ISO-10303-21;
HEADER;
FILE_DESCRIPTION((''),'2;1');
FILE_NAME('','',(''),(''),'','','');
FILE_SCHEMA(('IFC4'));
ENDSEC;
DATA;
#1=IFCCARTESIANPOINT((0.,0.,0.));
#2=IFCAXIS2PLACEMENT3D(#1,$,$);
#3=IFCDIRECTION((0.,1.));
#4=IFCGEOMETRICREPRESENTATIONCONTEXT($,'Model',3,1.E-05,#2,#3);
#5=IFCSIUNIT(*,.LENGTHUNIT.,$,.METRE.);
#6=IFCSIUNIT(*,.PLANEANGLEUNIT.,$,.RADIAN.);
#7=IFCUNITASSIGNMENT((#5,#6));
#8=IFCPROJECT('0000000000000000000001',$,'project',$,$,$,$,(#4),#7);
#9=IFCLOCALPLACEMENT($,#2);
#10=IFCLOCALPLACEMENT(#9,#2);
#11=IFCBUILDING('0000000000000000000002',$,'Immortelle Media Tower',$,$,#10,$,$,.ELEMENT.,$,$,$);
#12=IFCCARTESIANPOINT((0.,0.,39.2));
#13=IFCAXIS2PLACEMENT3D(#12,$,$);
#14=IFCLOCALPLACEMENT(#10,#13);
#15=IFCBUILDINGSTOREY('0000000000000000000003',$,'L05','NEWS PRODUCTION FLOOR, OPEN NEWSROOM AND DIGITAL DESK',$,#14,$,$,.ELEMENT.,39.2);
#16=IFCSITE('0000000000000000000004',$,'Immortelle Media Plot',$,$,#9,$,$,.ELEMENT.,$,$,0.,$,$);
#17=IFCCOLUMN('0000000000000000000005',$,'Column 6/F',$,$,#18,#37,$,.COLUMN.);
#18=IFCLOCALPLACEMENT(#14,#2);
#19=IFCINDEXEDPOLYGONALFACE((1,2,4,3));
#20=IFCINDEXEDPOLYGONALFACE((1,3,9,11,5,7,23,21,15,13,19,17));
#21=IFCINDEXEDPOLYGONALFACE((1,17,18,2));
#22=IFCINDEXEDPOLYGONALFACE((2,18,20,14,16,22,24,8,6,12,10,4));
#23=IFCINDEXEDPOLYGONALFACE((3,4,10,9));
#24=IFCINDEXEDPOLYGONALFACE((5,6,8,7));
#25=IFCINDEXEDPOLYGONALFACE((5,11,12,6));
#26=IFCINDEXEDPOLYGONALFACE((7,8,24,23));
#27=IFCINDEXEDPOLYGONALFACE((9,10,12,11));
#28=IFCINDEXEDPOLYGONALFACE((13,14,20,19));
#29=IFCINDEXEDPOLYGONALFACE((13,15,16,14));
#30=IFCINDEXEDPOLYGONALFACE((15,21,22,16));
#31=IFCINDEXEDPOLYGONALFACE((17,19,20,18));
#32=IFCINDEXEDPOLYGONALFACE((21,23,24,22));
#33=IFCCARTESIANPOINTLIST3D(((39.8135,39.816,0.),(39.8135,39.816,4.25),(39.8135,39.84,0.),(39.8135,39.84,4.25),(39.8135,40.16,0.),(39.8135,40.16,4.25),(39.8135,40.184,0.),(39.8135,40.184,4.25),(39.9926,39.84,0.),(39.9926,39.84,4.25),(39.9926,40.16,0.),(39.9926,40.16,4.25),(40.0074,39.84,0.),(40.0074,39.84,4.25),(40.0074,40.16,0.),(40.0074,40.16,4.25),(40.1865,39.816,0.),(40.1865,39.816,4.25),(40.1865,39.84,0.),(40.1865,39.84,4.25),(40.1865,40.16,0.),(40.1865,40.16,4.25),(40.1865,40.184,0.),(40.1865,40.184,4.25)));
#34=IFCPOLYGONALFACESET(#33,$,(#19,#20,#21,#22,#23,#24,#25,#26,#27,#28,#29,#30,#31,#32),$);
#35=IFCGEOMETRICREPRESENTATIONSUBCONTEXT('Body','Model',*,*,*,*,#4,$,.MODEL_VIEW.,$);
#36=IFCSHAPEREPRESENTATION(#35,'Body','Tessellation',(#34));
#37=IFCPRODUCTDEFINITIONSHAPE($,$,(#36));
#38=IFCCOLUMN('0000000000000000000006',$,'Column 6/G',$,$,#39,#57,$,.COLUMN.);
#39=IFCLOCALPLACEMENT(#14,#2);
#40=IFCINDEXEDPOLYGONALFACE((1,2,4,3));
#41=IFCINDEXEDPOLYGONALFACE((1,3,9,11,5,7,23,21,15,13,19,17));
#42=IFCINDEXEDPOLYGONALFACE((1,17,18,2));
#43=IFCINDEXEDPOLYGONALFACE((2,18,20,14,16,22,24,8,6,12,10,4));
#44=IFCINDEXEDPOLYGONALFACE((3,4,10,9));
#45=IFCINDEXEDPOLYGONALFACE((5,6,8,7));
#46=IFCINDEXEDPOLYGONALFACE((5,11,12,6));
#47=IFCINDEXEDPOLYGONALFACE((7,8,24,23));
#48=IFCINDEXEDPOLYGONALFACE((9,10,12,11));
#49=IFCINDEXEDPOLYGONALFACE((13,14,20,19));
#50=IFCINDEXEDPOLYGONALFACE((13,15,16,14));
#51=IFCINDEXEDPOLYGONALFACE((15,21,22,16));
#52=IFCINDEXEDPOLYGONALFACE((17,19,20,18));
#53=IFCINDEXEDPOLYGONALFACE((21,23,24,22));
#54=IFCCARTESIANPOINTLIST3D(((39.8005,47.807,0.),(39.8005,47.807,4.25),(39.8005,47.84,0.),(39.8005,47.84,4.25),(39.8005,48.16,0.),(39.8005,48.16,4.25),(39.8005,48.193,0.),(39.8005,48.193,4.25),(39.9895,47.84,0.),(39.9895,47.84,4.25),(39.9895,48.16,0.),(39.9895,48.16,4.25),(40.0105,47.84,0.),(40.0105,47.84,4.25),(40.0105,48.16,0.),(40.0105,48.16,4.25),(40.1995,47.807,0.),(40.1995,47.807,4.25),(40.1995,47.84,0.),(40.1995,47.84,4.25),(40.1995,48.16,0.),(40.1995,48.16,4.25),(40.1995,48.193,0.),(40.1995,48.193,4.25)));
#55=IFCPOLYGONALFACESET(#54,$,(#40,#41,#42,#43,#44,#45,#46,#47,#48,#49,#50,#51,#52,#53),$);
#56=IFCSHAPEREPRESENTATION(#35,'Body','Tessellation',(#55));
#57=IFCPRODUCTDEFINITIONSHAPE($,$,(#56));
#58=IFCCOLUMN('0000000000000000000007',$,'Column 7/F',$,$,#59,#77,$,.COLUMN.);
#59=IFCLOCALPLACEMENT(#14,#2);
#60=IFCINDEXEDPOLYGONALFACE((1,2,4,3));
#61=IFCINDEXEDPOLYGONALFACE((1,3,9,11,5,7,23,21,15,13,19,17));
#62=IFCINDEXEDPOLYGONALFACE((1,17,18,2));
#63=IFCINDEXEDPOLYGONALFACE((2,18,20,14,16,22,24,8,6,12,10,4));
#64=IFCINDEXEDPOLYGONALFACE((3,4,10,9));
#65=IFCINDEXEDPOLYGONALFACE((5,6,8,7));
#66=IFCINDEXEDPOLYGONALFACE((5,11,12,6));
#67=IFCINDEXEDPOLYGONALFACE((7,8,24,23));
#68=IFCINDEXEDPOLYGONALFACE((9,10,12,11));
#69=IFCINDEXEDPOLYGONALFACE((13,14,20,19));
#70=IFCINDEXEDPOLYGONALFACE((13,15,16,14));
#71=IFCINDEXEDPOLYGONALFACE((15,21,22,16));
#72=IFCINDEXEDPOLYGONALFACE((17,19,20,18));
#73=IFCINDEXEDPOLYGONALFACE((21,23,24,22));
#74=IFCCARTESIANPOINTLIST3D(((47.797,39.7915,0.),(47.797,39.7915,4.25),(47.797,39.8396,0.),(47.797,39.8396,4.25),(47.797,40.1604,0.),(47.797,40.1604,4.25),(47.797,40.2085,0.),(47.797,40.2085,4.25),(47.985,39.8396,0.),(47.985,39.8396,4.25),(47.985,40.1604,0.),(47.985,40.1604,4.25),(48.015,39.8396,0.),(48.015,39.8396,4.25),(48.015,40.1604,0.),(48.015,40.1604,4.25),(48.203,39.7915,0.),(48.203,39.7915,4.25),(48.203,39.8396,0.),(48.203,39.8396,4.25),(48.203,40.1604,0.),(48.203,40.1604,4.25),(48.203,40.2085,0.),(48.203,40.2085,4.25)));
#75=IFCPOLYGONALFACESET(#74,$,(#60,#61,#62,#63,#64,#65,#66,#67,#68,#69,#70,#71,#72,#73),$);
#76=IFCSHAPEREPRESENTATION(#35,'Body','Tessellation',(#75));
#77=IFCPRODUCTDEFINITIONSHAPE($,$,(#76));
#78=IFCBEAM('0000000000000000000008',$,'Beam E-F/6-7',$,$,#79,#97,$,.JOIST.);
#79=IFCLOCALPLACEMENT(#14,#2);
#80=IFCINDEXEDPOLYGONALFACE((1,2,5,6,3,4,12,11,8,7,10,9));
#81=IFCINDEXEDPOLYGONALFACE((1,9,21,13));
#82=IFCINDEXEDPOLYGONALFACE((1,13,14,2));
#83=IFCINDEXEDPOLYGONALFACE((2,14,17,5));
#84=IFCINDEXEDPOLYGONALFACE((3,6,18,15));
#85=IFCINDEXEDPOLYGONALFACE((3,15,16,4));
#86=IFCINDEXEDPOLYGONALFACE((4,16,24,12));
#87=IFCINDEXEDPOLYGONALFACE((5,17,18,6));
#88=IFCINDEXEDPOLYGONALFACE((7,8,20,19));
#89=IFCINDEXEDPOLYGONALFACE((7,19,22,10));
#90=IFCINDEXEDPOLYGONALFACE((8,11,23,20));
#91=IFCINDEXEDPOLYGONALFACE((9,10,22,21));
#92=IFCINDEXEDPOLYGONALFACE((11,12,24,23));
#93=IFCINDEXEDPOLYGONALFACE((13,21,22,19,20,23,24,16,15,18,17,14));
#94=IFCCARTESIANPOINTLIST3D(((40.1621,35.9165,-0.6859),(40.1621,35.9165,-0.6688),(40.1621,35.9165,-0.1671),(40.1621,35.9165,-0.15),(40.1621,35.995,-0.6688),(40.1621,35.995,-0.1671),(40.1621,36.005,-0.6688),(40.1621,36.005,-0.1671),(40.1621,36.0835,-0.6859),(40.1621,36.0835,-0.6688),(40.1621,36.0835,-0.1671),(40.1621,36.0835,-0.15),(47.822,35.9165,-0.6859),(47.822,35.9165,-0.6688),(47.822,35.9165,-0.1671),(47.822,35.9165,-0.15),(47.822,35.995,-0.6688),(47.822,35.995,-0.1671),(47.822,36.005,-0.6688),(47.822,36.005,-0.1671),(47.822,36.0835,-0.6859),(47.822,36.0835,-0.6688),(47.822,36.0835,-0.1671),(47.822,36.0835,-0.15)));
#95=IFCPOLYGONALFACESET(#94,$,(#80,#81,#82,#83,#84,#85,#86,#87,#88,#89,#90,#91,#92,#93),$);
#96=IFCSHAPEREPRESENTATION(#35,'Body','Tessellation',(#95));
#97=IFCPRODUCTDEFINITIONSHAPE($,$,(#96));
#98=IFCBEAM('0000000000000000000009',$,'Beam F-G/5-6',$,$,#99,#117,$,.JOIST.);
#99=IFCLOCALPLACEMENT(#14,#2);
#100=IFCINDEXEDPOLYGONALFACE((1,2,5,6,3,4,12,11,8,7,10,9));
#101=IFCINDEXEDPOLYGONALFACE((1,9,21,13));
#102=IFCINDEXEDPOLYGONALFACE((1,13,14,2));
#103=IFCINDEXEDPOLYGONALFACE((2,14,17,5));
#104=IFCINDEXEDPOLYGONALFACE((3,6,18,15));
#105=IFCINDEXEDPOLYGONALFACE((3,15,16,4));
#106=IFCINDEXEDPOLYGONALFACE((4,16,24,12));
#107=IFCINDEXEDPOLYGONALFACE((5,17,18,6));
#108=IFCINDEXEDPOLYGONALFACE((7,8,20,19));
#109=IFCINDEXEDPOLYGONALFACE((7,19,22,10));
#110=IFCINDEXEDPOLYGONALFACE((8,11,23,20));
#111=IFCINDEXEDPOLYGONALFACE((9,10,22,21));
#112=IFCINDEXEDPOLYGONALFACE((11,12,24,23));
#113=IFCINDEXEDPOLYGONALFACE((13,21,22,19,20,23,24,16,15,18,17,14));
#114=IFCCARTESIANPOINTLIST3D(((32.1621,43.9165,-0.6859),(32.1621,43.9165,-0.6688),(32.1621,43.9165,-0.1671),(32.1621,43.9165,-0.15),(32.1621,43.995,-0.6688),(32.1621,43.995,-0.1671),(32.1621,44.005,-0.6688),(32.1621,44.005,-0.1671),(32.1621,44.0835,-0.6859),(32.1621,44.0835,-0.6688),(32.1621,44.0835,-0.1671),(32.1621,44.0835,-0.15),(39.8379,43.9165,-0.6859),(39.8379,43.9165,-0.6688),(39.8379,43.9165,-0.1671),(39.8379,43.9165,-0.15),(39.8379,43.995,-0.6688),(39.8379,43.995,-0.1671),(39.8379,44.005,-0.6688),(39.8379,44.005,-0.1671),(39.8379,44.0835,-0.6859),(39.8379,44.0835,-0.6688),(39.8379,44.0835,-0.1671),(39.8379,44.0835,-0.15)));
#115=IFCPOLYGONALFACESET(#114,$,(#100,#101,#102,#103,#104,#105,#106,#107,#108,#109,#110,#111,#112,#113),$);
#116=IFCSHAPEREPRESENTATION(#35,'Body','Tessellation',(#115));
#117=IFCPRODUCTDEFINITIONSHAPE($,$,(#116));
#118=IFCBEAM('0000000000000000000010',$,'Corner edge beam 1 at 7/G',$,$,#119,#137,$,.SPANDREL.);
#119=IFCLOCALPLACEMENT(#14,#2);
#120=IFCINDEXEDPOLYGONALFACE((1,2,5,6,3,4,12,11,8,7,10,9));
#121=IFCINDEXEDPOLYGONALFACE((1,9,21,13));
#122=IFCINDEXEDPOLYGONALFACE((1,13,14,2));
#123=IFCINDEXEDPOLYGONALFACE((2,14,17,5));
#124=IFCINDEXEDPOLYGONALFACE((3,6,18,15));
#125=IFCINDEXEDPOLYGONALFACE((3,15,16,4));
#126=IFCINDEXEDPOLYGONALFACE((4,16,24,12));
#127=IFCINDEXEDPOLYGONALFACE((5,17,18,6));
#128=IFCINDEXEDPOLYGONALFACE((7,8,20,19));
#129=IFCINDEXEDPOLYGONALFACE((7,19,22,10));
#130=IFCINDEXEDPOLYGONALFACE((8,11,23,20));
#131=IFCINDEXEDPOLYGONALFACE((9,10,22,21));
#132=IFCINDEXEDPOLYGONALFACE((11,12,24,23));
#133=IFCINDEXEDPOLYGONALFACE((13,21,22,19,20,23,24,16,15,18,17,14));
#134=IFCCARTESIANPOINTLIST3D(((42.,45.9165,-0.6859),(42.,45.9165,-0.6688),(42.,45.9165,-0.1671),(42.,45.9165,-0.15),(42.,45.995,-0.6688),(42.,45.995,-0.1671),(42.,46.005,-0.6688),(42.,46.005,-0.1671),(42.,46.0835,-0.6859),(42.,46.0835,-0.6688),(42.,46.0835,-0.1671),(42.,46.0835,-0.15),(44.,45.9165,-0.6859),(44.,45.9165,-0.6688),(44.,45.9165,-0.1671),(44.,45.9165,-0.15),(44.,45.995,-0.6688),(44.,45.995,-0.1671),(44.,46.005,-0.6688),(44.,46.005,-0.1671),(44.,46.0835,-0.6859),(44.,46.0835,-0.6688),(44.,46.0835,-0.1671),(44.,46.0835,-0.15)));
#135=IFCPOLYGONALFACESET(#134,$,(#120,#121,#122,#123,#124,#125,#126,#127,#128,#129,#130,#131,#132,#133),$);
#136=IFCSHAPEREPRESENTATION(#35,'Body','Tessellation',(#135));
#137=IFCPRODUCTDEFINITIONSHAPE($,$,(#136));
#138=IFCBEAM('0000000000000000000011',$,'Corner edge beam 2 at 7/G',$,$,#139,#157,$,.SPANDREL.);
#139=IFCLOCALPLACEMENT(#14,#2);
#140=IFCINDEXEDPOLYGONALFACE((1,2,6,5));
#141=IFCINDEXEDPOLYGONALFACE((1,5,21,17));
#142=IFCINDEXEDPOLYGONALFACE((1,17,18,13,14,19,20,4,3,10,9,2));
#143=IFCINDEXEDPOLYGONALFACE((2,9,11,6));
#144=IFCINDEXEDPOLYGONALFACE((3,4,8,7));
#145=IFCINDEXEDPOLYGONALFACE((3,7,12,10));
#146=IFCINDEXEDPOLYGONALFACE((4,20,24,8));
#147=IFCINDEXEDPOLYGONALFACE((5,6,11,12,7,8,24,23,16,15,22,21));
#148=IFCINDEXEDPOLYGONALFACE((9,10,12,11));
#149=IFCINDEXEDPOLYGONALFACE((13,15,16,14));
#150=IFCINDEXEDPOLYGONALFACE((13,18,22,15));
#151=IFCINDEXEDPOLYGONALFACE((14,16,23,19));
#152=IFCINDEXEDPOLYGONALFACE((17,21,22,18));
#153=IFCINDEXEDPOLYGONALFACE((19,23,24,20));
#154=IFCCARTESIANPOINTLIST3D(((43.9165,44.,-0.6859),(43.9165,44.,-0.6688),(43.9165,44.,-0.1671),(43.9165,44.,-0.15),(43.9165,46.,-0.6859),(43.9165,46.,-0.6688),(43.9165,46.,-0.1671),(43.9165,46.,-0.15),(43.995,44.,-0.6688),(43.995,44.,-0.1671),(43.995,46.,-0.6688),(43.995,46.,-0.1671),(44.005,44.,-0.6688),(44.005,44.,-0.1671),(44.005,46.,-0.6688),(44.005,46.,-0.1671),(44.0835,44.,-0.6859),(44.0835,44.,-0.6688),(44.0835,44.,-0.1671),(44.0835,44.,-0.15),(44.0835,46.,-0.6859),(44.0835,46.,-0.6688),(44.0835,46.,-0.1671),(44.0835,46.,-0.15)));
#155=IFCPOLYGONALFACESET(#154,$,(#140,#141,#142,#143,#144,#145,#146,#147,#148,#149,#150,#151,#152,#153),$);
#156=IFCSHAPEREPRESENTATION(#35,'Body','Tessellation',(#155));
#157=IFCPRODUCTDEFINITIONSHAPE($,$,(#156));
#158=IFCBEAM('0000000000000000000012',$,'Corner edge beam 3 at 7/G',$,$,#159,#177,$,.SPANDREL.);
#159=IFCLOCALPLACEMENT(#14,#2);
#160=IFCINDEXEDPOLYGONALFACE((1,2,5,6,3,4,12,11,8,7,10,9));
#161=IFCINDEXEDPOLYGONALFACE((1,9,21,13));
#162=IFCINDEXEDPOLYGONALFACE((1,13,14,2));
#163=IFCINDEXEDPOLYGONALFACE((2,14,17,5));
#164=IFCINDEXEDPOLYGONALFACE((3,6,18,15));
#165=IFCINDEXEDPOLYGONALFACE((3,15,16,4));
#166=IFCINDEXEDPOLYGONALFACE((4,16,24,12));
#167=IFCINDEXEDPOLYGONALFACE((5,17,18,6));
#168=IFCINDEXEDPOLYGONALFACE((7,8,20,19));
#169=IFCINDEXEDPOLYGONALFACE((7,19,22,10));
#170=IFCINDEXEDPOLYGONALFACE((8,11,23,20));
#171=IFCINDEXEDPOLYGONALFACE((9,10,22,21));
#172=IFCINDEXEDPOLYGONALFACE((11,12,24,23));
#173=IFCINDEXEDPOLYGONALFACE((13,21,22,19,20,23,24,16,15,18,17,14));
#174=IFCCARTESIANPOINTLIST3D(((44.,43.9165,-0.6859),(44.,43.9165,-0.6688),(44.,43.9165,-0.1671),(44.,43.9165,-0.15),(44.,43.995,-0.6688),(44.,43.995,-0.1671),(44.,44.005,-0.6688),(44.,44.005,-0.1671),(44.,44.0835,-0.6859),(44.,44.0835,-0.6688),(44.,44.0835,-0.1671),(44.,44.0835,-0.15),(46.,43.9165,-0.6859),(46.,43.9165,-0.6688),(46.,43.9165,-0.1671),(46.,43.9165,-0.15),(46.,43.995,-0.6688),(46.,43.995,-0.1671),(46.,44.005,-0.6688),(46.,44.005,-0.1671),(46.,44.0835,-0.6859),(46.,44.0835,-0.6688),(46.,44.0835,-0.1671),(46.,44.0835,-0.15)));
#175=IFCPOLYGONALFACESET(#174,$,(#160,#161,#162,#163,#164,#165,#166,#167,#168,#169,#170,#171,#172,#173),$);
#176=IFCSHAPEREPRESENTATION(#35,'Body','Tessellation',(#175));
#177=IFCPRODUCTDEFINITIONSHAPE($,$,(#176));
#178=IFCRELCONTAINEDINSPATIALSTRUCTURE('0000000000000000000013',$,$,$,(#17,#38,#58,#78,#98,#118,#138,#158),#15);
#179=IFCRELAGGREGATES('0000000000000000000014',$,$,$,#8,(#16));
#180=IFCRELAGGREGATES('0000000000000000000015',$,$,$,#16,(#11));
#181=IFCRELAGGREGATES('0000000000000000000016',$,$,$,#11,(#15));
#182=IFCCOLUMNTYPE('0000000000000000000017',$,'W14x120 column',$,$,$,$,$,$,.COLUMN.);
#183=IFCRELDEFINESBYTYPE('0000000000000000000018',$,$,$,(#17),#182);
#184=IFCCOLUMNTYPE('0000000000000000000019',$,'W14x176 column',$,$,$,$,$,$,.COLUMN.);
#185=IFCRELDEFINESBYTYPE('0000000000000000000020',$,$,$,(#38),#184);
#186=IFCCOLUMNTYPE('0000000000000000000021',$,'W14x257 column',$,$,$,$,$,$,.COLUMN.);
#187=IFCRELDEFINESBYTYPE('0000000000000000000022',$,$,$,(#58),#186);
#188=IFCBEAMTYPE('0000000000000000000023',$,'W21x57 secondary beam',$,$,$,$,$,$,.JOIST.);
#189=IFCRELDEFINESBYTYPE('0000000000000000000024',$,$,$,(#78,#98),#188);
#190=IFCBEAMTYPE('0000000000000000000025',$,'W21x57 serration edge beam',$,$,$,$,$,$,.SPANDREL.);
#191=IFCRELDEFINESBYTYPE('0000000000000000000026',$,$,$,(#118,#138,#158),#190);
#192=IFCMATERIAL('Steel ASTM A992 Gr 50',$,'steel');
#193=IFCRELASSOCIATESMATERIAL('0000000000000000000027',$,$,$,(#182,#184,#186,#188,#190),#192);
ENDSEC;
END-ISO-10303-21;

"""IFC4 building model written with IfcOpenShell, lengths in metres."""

from ifc_helpers import new_model, si_unit, direction, frame, origin, origin_2d, place, context, subcontext, project, spatial, i_section, extrude, material, material_profile, profile_set, type_object, element, save


model = new_model("IFC4")

# Units and contexts
model_context = context("Model", 3, precision=1e-05, world=origin(), true_north=direction((0.0, 1.0)))
body_context = subcontext(model_context, "Body", "Model", "MODEL_VIEW")
ifc_project = project(units=[si_unit("LENGTHUNIT", "METRE"), si_unit("PLANEANGLEUNIT", "RADIAN")], contexts=[model_context])

# Site, building, storey
site_placement = place(None, origin())
site = spatial("IfcSite", under=ifc_project, at=site_placement, Name="Immortelle Media Plot", CompositionType="ELEMENT", RefElevation=0.0)
building_placement = place(site_placement, origin())
building = spatial("IfcBuilding", under=site, at=building_placement, Name="Immortelle Media Tower", CompositionType="ELEMENT")
storey_placement = place(building_placement, frame((0.0, 0.0, 39.2)))
storey = spatial("IfcBuildingStorey", under=building, at=storey_placement, Name="L05", Description="NEWS PRODUCTION FLOOR, OPEN NEWSROOM AND DIGITAL DESK", CompositionType="ELEMENT", Elevation=39.2)

# Columns
ifc_material_1 = material(Name="Steel ASTM A992 Gr 50", Category="steel")
ifc_material_profile_1 = material_profile(ifc_material_1, i_section(OverallWidth=0.373, OverallDepth=0.3679, WebThickness=0.0149, FlangeThickness=0.0239, at=origin_2d()), Name="W14x120")
ifc_profile_set_1 = profile_set([ifc_material_profile_1], Name="Steel ASTM A992 Gr 50")
column_type_1 = type_object("IfcColumnType", Name="W14x120 column", PredefinedType="COLUMN", material=ifc_profile_set_1)
column_1_placement = place(storey_placement, frame((40.0, 40.0, 0.0), z_axis=(0.0, 0.0, 1.0), x_axis=(1.0, 0.0, 0.0)))
element("IfcColumn", 1, at=column_1_placement, inside=storey, type_object=column_type_1, Name="Column 6/F", PredefinedType="COLUMN", context=body_context, shape_type="SweptSolid", body=[
    extrude(i_section(OverallWidth=0.373, OverallDepth=0.3679, WebThickness=0.0149, FlangeThickness=0.0239, at=origin_2d()), origin(), (0.0, 0.0, 1.0), 4.25),
])
ifc_material_profile_2 = material_profile(ifc_material_1, i_section(OverallWidth=0.3989, OverallDepth=0.386, WebThickness=0.021, FlangeThickness=0.033, at=origin_2d()), Name="W14x176")
ifc_profile_set_2 = profile_set([ifc_material_profile_2], Name="Steel ASTM A992 Gr 50")
column_type_2 = type_object("IfcColumnType", Name="W14x176 column", PredefinedType="COLUMN", material=ifc_profile_set_2)
column_2_placement = place(storey_placement, frame((40.0, 48.0, 0.0), z_axis=(0.0, 0.0, 1.0), x_axis=(1.0, 0.0, 0.0)))
element("IfcColumn", 2, at=column_2_placement, inside=storey, type_object=column_type_2, Name="Column 6/G", PredefinedType="COLUMN", context=body_context, shape_type="SweptSolid", body=[
    extrude(i_section(OverallWidth=0.3989, OverallDepth=0.386, WebThickness=0.021, FlangeThickness=0.033, at=origin_2d()), origin(), (0.0, 0.0, 1.0), 4.25),
])
ifc_material_profile_3 = material_profile(ifc_material_1, i_section(OverallWidth=0.406, OverallDepth=0.417, WebThickness=0.03, FlangeThickness=0.0481, at=origin_2d()), Name="W14x257")
ifc_profile_set_3 = profile_set([ifc_material_profile_3], Name="Steel ASTM A992 Gr 50")
column_type_3 = type_object("IfcColumnType", Name="W14x257 column", PredefinedType="COLUMN", material=ifc_profile_set_3)
column_3_placement = place(storey_placement, frame((48.0, 40.0, 0.0), z_axis=(0.0, 0.0, 1.0), x_axis=(1.0, 0.0, 0.0)))
element("IfcColumn", 3, at=column_3_placement, inside=storey, type_object=column_type_3, Name="Column 7/F", PredefinedType="COLUMN", context=body_context, shape_type="SweptSolid", body=[
    extrude(i_section(OverallWidth=0.406, OverallDepth=0.417, WebThickness=0.03, FlangeThickness=0.0481, at=origin_2d()), origin(), (0.0, 0.0, 1.0), 4.25),
])

# Beams
ifc_material_profile_4 = material_profile(ifc_material_1, i_section(OverallWidth=0.167, OverallDepth=0.5359, WebThickness=0.01, FlangeThickness=0.0171, at=origin_2d()), Name="W21x57")
ifc_profile_set_4 = profile_set([ifc_material_profile_4], Name="Steel ASTM A992 Gr 50")
beam_type_1 = type_object("IfcBeamType", Name="W21x57 secondary beam", PredefinedType="JOIST", material=ifc_profile_set_4)
beam_1_placement = place(storey_placement, frame((40.1621, 36.0, -0.418), z_axis=(1.0, 0.0, 0.0), x_axis=(0.0, 1.0, 0.0)))
element("IfcBeam", 4, at=beam_1_placement, inside=storey, type_object=beam_type_1, Name="Beam E-F/6-7", PredefinedType="JOIST", context=body_context, shape_type="SweptSolid", body=[
    extrude(i_section(OverallWidth=0.167, OverallDepth=0.5359, WebThickness=0.01, FlangeThickness=0.0171, at=origin_2d()), origin(), (0.0, 0.0, 1.0), 7.6599),
])
beam_2_placement = place(storey_placement, frame((32.1621, 44.0, -0.418), z_axis=(1.0, 0.0, 0.0), x_axis=(0.0, 1.0, 0.0)))
element("IfcBeam", 5, at=beam_2_placement, inside=storey, type_object=beam_type_1, Name="Beam F-G/5-6", PredefinedType="JOIST", context=body_context, shape_type="SweptSolid", body=[
    extrude(i_section(OverallWidth=0.167, OverallDepth=0.5359, WebThickness=0.01, FlangeThickness=0.0171, at=origin_2d()), origin(), (0.0, 0.0, 1.0), 7.6758),
])
ifc_material_profile_5 = material_profile(ifc_material_1, i_section(OverallWidth=0.167, OverallDepth=0.5359, WebThickness=0.01, FlangeThickness=0.0171, at=origin_2d()), Name="W21x57")
ifc_profile_set_5 = profile_set([ifc_material_profile_5], Name="Steel ASTM A992 Gr 50")
beam_type_2 = type_object("IfcBeamType", Name="W21x57 serration edge beam", PredefinedType="SPANDREL", material=ifc_profile_set_5)
for number, where, z_axis, x_axis, name in (
    (6, (42.0, 46.0, -0.418), (1.0, 0.0, 0.0), (0.0, 1.0, 0.0), "Corner edge beam 1 at 7/G"),
    (7, (44.0, 46.0, -0.418), (0.0, -1.0, 0.0), (1.0, 0.0, 0.0), "Corner edge beam 2 at 7/G"),
    (8, (44.0, 44.0, -0.418), (1.0, 0.0, 0.0), (0.0, 1.0, 0.0), "Corner edge beam 3 at 7/G"),
):
    element("IfcBeam", number, at=place(storey_placement, frame(where, z_axis=z_axis, x_axis=x_axis)), inside=storey, type_object=beam_type_2, Name=name, PredefinedType="SPANDREL", context=body_context, shape_type="SweptSolid", body=[
        extrude(i_section(OverallWidth=0.167, OverallDepth=0.5359, WebThickness=0.01, FlangeThickness=0.0171, at=origin_2d()), origin(), (0.0, 0.0, 1.0), 2.0),
    ])

save(model, "model.ifc")
